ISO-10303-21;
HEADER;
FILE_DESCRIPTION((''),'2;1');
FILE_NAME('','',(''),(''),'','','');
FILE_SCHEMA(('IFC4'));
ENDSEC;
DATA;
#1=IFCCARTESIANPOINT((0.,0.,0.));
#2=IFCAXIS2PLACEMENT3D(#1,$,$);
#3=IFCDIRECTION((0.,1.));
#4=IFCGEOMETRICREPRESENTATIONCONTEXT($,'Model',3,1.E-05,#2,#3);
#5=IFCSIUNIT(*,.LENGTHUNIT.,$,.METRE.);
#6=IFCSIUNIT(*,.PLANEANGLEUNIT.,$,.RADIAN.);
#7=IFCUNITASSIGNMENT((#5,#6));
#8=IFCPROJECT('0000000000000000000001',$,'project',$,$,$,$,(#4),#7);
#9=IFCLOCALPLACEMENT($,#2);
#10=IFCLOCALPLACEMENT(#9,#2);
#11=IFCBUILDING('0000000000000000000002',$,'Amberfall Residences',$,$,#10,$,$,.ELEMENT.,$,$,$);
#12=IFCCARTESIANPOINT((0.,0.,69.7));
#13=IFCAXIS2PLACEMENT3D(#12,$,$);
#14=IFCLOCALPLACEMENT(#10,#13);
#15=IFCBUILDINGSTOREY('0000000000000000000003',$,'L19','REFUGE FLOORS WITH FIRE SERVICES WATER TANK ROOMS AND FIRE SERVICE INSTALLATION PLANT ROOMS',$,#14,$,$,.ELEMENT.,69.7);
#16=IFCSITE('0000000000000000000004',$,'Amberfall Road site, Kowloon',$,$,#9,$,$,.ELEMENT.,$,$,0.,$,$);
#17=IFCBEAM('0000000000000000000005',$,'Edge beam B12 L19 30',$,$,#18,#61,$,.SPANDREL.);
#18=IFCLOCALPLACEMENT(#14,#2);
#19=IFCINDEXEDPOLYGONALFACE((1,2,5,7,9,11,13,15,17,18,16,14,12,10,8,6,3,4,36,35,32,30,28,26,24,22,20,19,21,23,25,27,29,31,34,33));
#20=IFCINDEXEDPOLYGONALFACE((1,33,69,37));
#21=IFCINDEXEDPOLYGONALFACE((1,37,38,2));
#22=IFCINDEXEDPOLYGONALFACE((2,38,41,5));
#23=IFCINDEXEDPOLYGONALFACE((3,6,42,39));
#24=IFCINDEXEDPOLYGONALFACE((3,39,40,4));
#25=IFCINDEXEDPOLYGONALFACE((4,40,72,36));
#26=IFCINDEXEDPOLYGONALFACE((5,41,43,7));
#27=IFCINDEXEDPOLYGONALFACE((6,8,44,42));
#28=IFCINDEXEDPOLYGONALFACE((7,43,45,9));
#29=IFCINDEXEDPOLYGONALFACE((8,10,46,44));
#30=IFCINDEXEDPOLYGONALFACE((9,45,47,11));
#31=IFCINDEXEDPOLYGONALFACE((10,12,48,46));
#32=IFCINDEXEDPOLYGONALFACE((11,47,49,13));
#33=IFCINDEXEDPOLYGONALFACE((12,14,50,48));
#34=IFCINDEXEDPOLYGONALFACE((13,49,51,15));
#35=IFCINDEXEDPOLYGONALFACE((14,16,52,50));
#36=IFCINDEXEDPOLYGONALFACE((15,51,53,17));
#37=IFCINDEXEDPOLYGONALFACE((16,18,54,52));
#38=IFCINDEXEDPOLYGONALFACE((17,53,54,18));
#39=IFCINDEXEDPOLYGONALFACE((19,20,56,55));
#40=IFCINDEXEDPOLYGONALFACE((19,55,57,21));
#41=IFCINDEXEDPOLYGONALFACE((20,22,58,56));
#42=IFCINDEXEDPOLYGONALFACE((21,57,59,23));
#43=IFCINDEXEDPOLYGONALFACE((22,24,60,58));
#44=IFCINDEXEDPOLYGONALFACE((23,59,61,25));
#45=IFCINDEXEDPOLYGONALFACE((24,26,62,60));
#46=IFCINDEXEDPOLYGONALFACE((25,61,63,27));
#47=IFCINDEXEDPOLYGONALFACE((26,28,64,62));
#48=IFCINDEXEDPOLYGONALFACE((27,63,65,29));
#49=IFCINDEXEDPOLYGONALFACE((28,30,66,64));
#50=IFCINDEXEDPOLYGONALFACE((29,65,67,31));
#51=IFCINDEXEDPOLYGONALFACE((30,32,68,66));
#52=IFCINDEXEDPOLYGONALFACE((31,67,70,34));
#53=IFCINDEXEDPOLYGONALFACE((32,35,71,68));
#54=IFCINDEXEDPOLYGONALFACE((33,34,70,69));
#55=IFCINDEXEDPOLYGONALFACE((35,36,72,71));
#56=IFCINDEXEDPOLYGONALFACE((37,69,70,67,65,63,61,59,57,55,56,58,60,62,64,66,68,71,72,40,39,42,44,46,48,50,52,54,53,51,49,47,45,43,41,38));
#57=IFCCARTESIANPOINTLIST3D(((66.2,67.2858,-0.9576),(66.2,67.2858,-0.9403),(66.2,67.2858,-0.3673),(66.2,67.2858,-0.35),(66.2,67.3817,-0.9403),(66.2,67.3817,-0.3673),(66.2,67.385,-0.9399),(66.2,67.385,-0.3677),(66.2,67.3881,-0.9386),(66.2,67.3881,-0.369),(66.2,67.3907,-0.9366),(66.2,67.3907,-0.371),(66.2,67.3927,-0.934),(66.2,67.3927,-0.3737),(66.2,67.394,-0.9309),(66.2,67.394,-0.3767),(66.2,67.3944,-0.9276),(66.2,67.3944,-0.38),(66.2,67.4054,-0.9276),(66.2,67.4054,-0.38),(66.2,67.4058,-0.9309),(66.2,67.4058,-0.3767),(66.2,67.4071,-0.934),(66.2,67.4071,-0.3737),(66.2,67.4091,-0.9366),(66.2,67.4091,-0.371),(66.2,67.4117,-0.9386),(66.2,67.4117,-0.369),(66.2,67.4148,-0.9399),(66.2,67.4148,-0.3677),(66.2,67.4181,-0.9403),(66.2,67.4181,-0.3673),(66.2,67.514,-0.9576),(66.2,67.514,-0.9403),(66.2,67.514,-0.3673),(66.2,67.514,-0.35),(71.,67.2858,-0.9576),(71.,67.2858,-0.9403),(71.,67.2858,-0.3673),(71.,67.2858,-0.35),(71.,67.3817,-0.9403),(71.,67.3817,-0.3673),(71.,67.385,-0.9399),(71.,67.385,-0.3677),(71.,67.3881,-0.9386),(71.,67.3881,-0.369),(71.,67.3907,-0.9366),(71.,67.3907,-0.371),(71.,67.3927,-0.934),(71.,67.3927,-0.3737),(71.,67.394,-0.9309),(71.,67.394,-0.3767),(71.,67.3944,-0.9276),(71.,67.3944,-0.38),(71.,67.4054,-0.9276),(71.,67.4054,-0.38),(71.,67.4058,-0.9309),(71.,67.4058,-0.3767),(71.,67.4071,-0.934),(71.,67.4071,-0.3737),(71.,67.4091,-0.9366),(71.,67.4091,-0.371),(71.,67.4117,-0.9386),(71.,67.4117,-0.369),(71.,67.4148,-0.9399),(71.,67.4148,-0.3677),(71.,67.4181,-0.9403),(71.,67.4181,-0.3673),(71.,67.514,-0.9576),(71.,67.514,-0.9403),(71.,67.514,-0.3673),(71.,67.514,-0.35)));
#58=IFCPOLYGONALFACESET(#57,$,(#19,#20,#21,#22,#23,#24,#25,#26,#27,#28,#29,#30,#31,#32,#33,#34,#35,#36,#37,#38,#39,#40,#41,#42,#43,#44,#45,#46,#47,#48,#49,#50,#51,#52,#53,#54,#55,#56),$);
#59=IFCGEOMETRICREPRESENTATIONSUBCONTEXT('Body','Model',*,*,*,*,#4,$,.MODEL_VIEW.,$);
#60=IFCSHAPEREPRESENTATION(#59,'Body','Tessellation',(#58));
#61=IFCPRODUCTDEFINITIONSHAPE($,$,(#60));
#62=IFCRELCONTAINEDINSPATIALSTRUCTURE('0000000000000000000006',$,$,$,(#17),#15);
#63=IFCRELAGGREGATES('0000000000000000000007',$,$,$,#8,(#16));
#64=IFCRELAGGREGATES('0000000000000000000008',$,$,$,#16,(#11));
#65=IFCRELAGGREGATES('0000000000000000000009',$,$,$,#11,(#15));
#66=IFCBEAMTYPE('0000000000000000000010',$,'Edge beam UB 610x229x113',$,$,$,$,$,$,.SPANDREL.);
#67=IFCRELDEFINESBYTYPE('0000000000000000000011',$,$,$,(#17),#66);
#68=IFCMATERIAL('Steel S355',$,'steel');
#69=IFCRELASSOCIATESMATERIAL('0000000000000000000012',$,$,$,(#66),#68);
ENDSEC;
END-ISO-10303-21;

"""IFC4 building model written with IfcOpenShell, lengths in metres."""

from ifc_helpers import new_model, si_unit, direction, frame, origin, origin_2d, place, context, subcontext, project, spatial, i_section, extrude, material, material_profile, profile_set, type_object, element, save


model = new_model("IFC4")

# Units and contexts
model_context = context("Model", 3, precision=1e-05, world=origin(), true_north=direction((0.0, 1.0)))
body_context = subcontext(model_context, "Body", "Model", "MODEL_VIEW")
ifc_project = project(units=[si_unit("LENGTHUNIT", "METRE"), si_unit("PLANEANGLEUNIT", "RADIAN")], contexts=[model_context])

# Site, building, storey
site_placement = place(None, origin())
site = spatial("IfcSite", under=ifc_project, at=site_placement, Name="Amberfall Road site, Kowloon", CompositionType="ELEMENT", RefElevation=0.0)
building_placement = place(site_placement, origin())
building = spatial("IfcBuilding", under=site, at=building_placement, Name="Amberfall Residences", CompositionType="ELEMENT")
storey_placement = place(building_placement, frame((0.0, 0.0, 69.7)))
storey = spatial("IfcBuildingStorey", under=building, at=storey_placement, Name="L19", Description="REFUGE FLOORS WITH FIRE SERVICES WATER TANK ROOMS AND FIRE SERVICE INSTALLATION PLANT ROOMS", CompositionType="ELEMENT", Elevation=69.7)

# Shared definitions
ifc_material_1 = material(Name="Steel S355", Category="steel")

# Beam
ifc_material_profile_1 = material_profile(ifc_material_1, i_section(OverallWidth=0.2283, OverallDepth=0.6077, WebThickness=0.011, FlangeThickness=0.0173, FilletRadius=0.0127, at=origin_2d()), Name="UB 610x229x113")
ifc_profile_set_1 = profile_set([ifc_material_profile_1], Name="Steel S355")
beam_type_1 = type_object("IfcBeamType", Name="Edge beam UB 610x229x113", PredefinedType="SPANDREL", material=ifc_profile_set_1)
for number, where, z_axis, x_axis, name in (
    (1, (66.2, 67.3999, -0.6538), (1.0, 0.0, 0.0), (0.0, 1.0, 0.0), "Edge beam B12 L19 30"),
):
    element("IfcBeam", number, at=place(storey_placement, frame(where, z_axis=z_axis, x_axis=x_axis)), inside=storey, type_object=beam_type_1, Name=name, PredefinedType="SPANDREL", context=body_context, shape_type="SweptSolid", body=[
        extrude(i_section(OverallWidth=0.2283, OverallDepth=0.6077, WebThickness=0.011, FlangeThickness=0.0173, FilletRadius=0.0127, at=origin_2d()), origin(), (0.0, 0.0, 1.0), 4.8),
    ])

save(model, "model.ifc")
